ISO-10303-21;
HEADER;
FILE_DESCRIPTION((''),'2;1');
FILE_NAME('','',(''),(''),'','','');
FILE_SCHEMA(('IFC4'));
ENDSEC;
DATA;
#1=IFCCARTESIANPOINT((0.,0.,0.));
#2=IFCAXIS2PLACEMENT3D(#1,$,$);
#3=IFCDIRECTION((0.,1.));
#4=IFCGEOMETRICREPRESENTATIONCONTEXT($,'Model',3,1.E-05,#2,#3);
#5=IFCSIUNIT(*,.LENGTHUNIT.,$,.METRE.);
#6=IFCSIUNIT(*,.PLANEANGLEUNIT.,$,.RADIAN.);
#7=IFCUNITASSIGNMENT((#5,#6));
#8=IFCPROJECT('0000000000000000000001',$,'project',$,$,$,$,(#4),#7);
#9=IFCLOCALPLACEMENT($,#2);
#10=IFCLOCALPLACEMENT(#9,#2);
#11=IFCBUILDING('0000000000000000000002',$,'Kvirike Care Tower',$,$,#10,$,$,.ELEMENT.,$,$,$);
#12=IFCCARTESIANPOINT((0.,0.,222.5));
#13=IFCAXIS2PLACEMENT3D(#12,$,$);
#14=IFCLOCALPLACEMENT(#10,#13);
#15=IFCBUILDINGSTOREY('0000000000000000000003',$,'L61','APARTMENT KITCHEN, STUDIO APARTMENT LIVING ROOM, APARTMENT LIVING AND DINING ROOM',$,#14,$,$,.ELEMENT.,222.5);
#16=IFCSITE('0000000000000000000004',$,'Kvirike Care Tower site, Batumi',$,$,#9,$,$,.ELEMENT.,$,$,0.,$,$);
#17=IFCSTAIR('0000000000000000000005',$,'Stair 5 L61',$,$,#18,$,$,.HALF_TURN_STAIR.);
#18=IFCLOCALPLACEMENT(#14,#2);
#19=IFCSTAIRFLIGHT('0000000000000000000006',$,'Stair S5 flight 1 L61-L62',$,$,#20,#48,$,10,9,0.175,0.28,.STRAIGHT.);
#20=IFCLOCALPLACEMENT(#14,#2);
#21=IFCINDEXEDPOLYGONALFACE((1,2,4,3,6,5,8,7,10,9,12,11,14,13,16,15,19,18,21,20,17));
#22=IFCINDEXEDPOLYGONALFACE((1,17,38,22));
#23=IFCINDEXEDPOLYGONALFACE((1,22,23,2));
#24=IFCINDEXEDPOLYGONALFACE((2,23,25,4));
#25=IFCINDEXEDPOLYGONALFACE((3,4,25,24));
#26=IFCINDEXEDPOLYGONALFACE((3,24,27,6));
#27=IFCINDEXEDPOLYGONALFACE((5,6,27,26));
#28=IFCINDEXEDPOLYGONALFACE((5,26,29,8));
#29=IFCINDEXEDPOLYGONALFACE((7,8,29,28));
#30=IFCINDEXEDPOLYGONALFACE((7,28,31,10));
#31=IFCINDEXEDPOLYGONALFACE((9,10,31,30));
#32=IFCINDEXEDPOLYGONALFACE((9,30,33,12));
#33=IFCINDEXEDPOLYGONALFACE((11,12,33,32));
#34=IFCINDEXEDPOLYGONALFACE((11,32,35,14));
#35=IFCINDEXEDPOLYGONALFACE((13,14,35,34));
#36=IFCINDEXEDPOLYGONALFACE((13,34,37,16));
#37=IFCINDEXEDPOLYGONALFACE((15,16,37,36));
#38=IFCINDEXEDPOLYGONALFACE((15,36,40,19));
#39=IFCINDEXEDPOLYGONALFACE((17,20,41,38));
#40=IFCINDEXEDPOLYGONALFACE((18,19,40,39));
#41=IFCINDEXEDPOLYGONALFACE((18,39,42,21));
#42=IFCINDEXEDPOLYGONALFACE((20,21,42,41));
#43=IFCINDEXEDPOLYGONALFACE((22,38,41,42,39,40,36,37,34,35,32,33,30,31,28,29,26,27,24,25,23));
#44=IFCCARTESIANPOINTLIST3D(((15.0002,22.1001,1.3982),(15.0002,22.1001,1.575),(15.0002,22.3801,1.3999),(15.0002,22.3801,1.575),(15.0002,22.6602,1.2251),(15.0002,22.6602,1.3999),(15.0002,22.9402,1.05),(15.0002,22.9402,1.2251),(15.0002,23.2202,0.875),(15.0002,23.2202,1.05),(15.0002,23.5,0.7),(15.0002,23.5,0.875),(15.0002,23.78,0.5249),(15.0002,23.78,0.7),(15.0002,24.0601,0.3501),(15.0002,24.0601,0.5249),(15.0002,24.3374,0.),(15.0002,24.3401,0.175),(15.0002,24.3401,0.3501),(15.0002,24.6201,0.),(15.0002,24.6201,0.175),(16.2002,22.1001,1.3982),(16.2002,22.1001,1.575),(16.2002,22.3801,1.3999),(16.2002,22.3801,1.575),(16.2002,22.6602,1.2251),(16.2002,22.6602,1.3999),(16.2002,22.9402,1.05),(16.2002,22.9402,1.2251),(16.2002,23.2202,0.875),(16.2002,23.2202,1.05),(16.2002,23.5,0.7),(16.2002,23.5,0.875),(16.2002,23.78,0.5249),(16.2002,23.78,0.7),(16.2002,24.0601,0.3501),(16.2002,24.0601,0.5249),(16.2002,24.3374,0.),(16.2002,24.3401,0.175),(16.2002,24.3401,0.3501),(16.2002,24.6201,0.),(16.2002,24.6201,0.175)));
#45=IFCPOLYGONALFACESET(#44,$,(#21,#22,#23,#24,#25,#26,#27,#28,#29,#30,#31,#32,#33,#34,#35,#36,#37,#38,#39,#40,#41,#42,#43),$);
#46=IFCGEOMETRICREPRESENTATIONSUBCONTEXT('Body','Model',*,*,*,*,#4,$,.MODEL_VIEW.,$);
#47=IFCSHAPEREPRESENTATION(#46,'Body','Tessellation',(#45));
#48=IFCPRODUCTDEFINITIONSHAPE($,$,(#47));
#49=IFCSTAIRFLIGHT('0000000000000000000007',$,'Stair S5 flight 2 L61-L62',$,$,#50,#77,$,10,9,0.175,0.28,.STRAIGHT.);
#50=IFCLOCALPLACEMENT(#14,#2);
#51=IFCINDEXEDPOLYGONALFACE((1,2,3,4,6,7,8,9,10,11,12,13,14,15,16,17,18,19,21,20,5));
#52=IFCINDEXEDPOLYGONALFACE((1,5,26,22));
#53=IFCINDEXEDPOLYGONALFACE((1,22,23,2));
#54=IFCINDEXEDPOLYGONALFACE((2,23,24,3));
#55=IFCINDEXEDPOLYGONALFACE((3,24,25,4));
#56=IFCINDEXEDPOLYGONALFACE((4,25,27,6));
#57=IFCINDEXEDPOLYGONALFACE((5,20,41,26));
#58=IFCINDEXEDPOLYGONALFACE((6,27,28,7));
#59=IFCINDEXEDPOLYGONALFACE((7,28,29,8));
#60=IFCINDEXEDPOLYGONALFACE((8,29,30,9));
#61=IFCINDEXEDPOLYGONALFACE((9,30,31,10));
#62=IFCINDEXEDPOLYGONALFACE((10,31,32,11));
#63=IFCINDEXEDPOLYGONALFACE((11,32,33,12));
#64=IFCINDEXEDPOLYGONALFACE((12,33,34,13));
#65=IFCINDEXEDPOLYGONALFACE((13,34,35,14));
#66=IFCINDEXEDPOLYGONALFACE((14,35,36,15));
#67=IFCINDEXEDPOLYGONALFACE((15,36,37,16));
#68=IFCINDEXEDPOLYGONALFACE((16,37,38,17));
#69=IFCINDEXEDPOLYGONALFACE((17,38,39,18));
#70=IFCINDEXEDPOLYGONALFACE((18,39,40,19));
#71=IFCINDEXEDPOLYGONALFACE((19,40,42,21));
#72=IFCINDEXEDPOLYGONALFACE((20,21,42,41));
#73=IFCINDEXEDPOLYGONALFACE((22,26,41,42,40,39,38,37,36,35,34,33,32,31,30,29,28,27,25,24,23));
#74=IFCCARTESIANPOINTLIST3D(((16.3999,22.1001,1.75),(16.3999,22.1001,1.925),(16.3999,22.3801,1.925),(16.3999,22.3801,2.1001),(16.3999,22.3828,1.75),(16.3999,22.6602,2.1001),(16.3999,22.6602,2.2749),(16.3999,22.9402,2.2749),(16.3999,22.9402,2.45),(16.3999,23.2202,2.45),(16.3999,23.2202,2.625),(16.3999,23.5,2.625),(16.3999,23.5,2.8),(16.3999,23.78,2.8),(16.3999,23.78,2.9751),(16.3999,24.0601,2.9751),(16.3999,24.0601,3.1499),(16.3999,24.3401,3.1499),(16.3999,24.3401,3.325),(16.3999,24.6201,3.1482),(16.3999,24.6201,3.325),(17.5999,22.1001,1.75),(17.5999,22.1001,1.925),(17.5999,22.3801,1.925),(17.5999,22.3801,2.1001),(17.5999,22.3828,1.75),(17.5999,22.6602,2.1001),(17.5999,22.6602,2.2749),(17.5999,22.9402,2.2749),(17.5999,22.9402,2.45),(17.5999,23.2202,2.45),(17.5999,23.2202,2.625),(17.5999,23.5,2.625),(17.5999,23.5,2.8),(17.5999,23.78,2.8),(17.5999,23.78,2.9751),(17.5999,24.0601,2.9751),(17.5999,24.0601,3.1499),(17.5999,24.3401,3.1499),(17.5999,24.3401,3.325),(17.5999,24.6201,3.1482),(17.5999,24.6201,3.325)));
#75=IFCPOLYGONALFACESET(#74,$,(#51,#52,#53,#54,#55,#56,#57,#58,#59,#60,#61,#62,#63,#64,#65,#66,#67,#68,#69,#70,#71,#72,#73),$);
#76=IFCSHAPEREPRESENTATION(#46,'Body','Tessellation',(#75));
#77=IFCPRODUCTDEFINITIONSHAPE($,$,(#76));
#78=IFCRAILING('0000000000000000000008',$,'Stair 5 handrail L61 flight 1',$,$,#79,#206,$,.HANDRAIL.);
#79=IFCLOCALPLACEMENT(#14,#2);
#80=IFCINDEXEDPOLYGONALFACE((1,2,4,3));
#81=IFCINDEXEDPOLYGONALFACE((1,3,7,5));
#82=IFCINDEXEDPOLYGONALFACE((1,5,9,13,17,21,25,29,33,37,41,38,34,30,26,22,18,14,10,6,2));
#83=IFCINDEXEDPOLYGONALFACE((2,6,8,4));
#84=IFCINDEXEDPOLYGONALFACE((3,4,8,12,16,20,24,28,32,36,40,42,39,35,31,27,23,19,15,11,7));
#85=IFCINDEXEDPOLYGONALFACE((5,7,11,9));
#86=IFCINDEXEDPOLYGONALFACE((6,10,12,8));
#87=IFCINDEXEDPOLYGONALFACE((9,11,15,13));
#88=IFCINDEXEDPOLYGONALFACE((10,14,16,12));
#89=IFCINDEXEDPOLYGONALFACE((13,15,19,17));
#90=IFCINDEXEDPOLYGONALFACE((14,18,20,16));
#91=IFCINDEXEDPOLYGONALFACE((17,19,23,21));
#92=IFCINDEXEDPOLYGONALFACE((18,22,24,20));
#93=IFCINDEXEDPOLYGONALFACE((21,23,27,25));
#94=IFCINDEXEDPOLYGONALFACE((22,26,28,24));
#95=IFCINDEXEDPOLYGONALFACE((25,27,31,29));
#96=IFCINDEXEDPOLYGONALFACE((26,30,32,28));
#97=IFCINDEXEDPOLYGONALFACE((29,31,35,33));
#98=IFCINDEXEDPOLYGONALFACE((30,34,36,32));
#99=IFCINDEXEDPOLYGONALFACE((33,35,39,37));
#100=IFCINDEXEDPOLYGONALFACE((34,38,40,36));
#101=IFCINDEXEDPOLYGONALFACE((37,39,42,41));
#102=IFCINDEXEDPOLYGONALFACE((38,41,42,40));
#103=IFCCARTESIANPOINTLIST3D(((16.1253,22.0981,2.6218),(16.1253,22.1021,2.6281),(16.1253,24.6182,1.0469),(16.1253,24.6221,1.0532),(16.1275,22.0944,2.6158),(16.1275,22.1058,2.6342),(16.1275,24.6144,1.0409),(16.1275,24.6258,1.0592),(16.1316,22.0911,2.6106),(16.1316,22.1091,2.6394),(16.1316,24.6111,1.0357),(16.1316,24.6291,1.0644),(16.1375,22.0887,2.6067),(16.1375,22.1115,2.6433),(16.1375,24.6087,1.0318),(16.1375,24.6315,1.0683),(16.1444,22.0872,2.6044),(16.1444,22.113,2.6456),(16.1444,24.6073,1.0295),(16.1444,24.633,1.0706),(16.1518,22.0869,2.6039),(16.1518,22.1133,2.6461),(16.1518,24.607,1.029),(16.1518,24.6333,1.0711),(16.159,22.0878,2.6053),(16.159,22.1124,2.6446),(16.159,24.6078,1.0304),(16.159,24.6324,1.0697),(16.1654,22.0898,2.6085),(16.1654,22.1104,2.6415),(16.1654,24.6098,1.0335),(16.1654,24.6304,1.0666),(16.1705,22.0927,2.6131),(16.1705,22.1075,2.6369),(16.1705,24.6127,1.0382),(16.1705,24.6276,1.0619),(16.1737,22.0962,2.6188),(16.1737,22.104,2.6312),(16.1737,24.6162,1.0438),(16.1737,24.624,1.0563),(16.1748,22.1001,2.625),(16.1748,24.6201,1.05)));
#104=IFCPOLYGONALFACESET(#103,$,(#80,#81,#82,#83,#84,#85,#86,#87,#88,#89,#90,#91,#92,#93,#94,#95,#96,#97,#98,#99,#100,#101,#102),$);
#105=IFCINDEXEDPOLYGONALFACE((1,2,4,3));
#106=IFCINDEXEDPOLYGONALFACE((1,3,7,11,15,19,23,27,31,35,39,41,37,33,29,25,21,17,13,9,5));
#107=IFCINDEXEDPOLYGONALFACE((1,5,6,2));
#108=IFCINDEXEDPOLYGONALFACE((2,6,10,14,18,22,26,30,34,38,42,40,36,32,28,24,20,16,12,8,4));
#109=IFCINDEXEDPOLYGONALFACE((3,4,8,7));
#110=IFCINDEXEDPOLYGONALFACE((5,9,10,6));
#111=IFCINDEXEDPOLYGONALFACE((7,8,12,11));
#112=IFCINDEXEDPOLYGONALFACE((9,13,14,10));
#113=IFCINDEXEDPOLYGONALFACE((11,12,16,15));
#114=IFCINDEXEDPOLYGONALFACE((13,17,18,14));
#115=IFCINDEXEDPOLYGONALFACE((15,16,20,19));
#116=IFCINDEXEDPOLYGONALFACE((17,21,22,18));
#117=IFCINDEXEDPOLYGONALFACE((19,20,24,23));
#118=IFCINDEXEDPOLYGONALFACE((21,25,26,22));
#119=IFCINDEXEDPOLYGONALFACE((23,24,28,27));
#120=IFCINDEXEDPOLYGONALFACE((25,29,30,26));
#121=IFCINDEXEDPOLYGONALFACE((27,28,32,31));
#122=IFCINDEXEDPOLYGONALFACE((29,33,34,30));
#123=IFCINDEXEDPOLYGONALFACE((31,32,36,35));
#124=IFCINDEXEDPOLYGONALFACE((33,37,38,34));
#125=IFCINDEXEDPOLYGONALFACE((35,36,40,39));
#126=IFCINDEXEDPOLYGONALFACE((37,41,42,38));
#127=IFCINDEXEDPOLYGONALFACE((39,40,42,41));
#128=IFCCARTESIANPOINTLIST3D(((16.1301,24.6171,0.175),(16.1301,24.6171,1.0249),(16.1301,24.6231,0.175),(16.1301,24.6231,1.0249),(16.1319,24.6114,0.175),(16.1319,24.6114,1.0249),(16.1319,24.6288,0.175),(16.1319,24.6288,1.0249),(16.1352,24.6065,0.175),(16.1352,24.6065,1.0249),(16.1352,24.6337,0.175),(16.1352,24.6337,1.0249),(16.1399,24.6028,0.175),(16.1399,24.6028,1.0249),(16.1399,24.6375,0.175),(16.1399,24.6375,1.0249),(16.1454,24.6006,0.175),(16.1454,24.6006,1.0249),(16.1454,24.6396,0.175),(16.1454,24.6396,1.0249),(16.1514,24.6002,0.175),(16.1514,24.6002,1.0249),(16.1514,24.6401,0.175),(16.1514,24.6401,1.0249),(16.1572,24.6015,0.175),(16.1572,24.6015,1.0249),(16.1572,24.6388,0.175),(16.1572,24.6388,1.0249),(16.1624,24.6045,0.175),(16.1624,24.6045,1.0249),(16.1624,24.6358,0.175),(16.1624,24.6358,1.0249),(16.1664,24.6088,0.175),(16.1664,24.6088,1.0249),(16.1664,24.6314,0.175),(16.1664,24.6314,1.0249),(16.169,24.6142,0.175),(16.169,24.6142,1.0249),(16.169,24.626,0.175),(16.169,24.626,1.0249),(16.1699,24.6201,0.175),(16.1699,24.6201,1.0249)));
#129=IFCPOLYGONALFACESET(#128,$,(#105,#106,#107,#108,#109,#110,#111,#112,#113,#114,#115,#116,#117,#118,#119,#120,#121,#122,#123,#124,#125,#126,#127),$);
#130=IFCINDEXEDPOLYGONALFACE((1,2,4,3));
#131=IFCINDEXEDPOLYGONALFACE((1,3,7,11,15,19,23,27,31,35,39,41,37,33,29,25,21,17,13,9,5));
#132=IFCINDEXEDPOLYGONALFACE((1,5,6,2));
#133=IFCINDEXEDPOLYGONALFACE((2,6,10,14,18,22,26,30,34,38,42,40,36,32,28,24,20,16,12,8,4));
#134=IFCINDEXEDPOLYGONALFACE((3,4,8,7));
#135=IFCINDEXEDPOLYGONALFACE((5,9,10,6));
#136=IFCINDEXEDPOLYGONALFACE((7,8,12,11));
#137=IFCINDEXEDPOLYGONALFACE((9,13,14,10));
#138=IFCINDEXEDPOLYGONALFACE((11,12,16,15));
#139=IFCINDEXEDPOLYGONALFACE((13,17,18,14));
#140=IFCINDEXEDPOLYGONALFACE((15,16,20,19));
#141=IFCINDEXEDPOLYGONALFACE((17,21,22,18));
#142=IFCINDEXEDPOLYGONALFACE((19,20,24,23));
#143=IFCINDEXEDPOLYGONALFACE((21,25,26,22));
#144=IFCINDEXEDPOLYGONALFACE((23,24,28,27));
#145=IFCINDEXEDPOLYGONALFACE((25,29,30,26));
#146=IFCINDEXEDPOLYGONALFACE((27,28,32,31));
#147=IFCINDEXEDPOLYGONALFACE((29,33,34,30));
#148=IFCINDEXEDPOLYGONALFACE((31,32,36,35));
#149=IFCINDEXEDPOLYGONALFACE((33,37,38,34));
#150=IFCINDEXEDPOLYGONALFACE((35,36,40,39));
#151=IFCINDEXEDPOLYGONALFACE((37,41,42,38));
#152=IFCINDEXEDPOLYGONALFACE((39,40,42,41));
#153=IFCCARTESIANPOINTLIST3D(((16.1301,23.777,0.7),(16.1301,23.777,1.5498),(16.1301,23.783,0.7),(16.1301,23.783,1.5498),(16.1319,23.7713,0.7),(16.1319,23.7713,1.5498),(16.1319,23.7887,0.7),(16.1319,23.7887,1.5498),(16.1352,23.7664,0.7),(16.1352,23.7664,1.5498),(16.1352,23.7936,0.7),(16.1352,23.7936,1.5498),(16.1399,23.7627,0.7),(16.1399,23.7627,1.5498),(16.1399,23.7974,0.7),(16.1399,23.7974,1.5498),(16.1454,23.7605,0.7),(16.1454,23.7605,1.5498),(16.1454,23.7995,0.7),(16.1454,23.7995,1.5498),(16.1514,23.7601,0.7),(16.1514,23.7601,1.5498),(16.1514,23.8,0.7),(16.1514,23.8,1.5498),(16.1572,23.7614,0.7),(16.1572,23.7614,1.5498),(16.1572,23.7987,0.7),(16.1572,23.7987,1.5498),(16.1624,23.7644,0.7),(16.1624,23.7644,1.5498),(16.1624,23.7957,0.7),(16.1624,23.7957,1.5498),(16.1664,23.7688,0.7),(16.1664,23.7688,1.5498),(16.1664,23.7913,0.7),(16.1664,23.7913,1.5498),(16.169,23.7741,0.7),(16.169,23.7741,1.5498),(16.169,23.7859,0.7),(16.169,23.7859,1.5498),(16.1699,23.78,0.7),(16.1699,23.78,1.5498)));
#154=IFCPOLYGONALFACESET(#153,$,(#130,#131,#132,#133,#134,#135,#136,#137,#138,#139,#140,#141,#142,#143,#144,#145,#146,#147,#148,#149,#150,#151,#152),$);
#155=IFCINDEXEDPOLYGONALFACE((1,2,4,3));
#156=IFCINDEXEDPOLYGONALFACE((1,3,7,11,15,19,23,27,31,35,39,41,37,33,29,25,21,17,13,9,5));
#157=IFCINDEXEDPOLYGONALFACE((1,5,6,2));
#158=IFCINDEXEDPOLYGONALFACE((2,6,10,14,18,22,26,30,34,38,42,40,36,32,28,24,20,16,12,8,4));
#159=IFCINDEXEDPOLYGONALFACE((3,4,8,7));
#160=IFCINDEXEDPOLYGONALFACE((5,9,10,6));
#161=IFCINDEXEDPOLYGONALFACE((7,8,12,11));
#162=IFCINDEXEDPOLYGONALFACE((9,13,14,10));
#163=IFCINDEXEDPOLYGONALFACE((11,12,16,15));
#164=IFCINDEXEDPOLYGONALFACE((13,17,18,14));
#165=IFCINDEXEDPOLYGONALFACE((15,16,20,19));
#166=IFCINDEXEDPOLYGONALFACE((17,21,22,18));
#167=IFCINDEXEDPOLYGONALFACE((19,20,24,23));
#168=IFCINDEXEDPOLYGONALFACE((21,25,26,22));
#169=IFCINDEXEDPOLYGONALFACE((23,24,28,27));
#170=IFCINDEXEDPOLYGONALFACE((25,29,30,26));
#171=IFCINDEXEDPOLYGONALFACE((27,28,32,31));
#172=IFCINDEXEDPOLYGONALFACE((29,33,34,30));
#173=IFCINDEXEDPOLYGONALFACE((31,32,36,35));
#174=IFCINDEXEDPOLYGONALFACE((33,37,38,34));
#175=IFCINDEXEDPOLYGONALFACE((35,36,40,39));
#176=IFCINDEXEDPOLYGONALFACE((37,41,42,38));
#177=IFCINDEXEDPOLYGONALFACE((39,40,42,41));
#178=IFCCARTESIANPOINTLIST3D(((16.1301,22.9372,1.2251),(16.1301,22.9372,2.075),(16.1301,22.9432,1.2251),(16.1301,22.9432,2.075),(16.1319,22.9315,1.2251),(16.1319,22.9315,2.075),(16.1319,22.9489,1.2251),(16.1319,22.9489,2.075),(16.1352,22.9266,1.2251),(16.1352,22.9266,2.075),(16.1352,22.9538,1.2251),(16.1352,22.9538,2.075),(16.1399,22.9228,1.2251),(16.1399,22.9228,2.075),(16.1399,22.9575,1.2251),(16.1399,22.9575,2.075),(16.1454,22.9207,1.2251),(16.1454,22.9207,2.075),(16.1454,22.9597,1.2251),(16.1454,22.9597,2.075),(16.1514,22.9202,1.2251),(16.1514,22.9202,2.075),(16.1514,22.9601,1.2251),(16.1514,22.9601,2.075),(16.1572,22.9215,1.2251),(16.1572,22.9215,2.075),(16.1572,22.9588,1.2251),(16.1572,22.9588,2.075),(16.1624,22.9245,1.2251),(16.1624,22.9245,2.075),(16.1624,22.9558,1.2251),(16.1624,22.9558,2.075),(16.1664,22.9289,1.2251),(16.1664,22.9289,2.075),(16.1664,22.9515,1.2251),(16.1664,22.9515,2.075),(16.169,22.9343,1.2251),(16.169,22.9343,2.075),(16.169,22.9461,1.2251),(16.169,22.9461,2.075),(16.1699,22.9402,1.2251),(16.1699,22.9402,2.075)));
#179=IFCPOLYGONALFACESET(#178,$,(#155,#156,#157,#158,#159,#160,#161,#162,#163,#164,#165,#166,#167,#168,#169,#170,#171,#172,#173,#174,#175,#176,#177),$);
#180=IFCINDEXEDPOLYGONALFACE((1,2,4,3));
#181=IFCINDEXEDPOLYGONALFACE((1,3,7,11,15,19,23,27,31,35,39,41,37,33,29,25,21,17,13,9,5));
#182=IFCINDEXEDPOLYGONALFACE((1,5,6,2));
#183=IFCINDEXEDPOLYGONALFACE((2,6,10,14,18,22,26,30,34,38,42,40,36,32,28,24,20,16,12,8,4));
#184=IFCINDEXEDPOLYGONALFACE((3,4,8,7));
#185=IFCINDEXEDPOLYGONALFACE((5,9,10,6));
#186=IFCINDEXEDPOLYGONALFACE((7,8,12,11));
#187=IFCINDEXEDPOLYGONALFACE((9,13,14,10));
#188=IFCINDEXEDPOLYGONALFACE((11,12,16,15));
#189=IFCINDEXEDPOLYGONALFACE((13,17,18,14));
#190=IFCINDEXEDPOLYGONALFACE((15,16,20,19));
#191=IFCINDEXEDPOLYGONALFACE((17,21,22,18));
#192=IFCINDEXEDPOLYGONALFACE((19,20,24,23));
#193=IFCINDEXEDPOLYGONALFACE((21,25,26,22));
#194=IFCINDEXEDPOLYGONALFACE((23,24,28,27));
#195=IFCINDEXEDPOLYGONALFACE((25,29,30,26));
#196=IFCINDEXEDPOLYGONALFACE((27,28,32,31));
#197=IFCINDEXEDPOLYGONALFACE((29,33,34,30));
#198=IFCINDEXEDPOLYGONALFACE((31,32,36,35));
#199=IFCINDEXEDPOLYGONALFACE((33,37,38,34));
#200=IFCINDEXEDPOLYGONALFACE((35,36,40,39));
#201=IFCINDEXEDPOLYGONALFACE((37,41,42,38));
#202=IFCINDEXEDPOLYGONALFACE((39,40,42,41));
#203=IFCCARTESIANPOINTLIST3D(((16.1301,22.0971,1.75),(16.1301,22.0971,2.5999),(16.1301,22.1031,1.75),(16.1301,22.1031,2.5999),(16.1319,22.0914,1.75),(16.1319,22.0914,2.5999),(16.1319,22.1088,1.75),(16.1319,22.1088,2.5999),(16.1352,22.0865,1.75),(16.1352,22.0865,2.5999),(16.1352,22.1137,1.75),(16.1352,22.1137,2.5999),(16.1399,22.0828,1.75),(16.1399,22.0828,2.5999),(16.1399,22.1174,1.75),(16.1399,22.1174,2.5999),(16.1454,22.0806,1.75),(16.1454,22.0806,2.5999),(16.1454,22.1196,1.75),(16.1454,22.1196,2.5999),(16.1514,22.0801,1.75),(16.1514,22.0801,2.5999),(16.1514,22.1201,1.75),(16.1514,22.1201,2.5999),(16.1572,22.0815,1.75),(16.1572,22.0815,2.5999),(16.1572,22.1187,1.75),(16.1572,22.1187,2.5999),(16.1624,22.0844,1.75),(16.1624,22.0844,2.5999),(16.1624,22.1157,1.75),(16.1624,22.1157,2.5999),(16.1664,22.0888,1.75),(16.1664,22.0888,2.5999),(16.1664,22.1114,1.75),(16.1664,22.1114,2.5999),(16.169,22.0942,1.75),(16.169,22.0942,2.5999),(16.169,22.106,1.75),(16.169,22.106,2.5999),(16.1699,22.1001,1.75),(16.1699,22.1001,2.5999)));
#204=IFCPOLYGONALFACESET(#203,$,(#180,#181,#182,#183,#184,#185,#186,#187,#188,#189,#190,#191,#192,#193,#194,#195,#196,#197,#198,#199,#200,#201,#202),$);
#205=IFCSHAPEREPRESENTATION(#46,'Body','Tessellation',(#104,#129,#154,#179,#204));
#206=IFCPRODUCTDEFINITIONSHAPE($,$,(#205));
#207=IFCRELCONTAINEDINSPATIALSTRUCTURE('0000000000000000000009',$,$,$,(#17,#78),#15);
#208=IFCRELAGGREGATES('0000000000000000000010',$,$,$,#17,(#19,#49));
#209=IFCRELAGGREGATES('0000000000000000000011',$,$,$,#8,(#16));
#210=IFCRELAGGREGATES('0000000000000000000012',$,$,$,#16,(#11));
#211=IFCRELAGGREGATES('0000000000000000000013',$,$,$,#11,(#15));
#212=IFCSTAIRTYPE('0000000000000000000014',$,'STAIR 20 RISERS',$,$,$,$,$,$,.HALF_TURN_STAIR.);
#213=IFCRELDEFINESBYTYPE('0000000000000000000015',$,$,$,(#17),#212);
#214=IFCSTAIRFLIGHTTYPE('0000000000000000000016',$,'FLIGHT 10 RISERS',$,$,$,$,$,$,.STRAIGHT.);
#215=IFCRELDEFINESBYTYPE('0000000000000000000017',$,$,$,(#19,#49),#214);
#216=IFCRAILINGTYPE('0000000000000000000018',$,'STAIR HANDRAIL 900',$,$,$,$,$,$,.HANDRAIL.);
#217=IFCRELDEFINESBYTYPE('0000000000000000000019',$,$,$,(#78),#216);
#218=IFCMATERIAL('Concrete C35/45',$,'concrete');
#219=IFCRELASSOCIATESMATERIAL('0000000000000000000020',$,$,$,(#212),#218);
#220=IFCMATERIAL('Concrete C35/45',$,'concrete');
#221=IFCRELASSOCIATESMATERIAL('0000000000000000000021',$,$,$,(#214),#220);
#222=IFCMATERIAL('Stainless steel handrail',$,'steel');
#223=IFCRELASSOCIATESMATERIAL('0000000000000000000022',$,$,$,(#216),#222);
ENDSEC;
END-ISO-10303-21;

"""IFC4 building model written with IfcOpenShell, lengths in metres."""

from ifc_helpers import new_model, si_unit, direction, frame, origin, origin_2d, place, context, subcontext, project, spatial, polyline, circle, outline, extrude, material, type_object, element, aggregate, save


model = new_model("IFC4")

# Units and contexts
model_context = context("Model", 3, precision=1e-05, world=origin(), true_north=direction((0.0, 1.0)))
body_context = subcontext(model_context, "Body", "Model", "MODEL_VIEW")
ifc_project = project(units=[si_unit("LENGTHUNIT", "METRE"), si_unit("PLANEANGLEUNIT", "RADIAN")], contexts=[model_context])

# Site, building, storey
site_placement = place(None, origin())
site = spatial("IfcSite", under=ifc_project, at=site_placement, Name="Kvirike Care Tower site, Batumi", CompositionType="ELEMENT", RefElevation=0.0)
building_placement = place(site_placement, origin())
building = spatial("IfcBuilding", under=site, at=building_placement, Name="Kvirike Care Tower", CompositionType="ELEMENT")
storey_placement = place(building_placement, frame((0.0, 0.0, 222.5)))
storey = spatial("IfcBuildingStorey", under=building, at=storey_placement, Name="L61", Description="APARTMENT KITCHEN, STUDIO APARTMENT LIVING ROOM, APARTMENT LIVING AND DINING ROOM", CompositionType="ELEMENT", Elevation=222.5)

# Stair, stair flights
ifc_material_1 = material(Name="Concrete C35/45", Category="concrete")
stair_type = type_object("IfcStairType", Name="STAIR 20 RISERS", PredefinedType="HALF_TURN_STAIR", material=ifc_material_1)
stair_placement = place(storey_placement, origin())
stair = element("IfcStair", 1, at=stair_placement, inside=storey, type_object=stair_type, Name="Stair 5 L61", PredefinedType="HALF_TURN_STAIR")
ifc_material_2 = material(Name="Concrete C35/45", Category="concrete")
stair_flight_type = type_object("IfcStairFlightType", Name="FLIGHT 10 RISERS", PredefinedType="STRAIGHT", material=ifc_material_2)
stair_flight_1_placement = place(storey_placement, frame((15.6001, 24.6201, 0.0), z_axis=(0.0, 0.0, 1.0), x_axis=(0.0, -1.0, 0.0)))
stair_flight_1 = element("IfcStairFlight", 2, at=stair_flight_1_placement, type_object=stair_flight_type, Name="Stair S5 flight 1 L61-L62", NumberOfRisers=10, NumberOfTreads=9, PredefinedType="STRAIGHT", RiserHeight=0.175, TreadLength=0.28, context=body_context, shape_type="SweptSolid", body=[
    extrude(outline(polyline([(0.0, 0.0), (0.0, 0.175), (0.28, 0.175), (0.28, 0.3501), (0.5601, 0.3501), (0.5601, 0.5249), (0.8401, 0.5249), (0.8401, 0.7), (1.1201, 0.7), (1.1201, 0.875), (1.3999, 0.875), (1.3999, 1.05), (1.6799, 1.05), (1.6799, 1.2251), (1.96, 1.2251), (1.96, 1.3999), (2.24, 1.3999), (2.24, 1.575), (2.52, 1.575), (2.52, 1.75), (2.52, 1.3982), (0.2827, 0.0), (0.0, 0.0)])), frame((0.0, 0.6001, 0.0), z_axis=(0.0, -1.0, 0.0), x_axis=(1.0, 0.0, 0.0)), (0.0, 0.0, 1.0), 1.2),
])
stair_flight_2_placement = place(storey_placement, frame((17.0, 22.1001, 1.75), z_axis=(0.0, 0.0, 1.0), x_axis=(0.0, 1.0, 0.0)))
stair_flight_2 = element("IfcStairFlight", 3, at=stair_flight_2_placement, type_object=stair_flight_type, Name="Stair S5 flight 2 L61-L62", NumberOfRisers=10, NumberOfTreads=9, PredefinedType="STRAIGHT", RiserHeight=0.175, TreadLength=0.28, context=body_context, shape_type="SweptSolid", body=[
    extrude(outline(polyline([(0.0, 0.0), (0.0, 0.175), (0.28, 0.175), (0.28, 0.3501), (0.5601, 0.3501), (0.5601, 0.5249), (0.8401, 0.5249), (0.8401, 0.7), (1.1201, 0.7), (1.1201, 0.875), (1.3999, 0.875), (1.3999, 1.05), (1.6799, 1.05), (1.6799, 1.2251), (1.96, 1.2251), (1.96, 1.3999), (2.24, 1.3999), (2.24, 1.575), (2.52, 1.575), (2.52, 1.75), (2.52, 1.3982), (0.2827, 0.0), (0.0, 0.0)])), frame((0.0, 0.6001, 0.0), z_axis=(0.0, -1.0, 0.0), x_axis=(1.0, 0.0, 0.0)), (0.0, 0.0, 1.0), 1.2),
])
aggregate(stair, [stair_flight_1, stair_flight_2])

# Railing
ifc_material_3 = material(Name="Stainless steel handrail", Category="steel")
railing_type = type_object("IfcRailingType", Name="STAIR HANDRAIL 900", PredefinedType="HANDRAIL", material=ifc_material_3)
railing_1_placement = place(storey_placement, frame((16.1499, 24.6201, 0.175)))
element("IfcRailing", 4, at=railing_1_placement, inside=storey, type_object=railing_type, Name="Stair 5 handrail L61 flight 1", PredefinedType="HANDRAIL", context=body_context, shape_type="SweptSolid", body=[
    extrude(circle(Radius=0.0249, at=origin_2d()), frame((0.0, 0.0, 0.875), z_axis=(0.0, -0.848008, 0.529984), x_axis=(1.0, 0.0, 0.0)), (0.0, 0.0, 1.0), 2.9717),
    extrude(circle(Radius=0.02, at=origin_2d()), origin(), (0.0, 0.0, 1.0), 0.8499),
    extrude(circle(Radius=0.02, at=origin_2d()), frame((0.0, -0.8401, 0.5249)), (0.0, 0.0, 1.0), 0.8499),
    extrude(circle(Radius=0.02, at=origin_2d()), frame((0.0, -1.6799, 1.05)), (0.0, 0.0, 1.0), 0.8499),
    extrude(circle(Radius=0.02, at=origin_2d()), frame((0.0, -2.52, 1.575)), (0.0, 0.0, 1.0), 0.8499),
])

save(model, "model.ifc")
